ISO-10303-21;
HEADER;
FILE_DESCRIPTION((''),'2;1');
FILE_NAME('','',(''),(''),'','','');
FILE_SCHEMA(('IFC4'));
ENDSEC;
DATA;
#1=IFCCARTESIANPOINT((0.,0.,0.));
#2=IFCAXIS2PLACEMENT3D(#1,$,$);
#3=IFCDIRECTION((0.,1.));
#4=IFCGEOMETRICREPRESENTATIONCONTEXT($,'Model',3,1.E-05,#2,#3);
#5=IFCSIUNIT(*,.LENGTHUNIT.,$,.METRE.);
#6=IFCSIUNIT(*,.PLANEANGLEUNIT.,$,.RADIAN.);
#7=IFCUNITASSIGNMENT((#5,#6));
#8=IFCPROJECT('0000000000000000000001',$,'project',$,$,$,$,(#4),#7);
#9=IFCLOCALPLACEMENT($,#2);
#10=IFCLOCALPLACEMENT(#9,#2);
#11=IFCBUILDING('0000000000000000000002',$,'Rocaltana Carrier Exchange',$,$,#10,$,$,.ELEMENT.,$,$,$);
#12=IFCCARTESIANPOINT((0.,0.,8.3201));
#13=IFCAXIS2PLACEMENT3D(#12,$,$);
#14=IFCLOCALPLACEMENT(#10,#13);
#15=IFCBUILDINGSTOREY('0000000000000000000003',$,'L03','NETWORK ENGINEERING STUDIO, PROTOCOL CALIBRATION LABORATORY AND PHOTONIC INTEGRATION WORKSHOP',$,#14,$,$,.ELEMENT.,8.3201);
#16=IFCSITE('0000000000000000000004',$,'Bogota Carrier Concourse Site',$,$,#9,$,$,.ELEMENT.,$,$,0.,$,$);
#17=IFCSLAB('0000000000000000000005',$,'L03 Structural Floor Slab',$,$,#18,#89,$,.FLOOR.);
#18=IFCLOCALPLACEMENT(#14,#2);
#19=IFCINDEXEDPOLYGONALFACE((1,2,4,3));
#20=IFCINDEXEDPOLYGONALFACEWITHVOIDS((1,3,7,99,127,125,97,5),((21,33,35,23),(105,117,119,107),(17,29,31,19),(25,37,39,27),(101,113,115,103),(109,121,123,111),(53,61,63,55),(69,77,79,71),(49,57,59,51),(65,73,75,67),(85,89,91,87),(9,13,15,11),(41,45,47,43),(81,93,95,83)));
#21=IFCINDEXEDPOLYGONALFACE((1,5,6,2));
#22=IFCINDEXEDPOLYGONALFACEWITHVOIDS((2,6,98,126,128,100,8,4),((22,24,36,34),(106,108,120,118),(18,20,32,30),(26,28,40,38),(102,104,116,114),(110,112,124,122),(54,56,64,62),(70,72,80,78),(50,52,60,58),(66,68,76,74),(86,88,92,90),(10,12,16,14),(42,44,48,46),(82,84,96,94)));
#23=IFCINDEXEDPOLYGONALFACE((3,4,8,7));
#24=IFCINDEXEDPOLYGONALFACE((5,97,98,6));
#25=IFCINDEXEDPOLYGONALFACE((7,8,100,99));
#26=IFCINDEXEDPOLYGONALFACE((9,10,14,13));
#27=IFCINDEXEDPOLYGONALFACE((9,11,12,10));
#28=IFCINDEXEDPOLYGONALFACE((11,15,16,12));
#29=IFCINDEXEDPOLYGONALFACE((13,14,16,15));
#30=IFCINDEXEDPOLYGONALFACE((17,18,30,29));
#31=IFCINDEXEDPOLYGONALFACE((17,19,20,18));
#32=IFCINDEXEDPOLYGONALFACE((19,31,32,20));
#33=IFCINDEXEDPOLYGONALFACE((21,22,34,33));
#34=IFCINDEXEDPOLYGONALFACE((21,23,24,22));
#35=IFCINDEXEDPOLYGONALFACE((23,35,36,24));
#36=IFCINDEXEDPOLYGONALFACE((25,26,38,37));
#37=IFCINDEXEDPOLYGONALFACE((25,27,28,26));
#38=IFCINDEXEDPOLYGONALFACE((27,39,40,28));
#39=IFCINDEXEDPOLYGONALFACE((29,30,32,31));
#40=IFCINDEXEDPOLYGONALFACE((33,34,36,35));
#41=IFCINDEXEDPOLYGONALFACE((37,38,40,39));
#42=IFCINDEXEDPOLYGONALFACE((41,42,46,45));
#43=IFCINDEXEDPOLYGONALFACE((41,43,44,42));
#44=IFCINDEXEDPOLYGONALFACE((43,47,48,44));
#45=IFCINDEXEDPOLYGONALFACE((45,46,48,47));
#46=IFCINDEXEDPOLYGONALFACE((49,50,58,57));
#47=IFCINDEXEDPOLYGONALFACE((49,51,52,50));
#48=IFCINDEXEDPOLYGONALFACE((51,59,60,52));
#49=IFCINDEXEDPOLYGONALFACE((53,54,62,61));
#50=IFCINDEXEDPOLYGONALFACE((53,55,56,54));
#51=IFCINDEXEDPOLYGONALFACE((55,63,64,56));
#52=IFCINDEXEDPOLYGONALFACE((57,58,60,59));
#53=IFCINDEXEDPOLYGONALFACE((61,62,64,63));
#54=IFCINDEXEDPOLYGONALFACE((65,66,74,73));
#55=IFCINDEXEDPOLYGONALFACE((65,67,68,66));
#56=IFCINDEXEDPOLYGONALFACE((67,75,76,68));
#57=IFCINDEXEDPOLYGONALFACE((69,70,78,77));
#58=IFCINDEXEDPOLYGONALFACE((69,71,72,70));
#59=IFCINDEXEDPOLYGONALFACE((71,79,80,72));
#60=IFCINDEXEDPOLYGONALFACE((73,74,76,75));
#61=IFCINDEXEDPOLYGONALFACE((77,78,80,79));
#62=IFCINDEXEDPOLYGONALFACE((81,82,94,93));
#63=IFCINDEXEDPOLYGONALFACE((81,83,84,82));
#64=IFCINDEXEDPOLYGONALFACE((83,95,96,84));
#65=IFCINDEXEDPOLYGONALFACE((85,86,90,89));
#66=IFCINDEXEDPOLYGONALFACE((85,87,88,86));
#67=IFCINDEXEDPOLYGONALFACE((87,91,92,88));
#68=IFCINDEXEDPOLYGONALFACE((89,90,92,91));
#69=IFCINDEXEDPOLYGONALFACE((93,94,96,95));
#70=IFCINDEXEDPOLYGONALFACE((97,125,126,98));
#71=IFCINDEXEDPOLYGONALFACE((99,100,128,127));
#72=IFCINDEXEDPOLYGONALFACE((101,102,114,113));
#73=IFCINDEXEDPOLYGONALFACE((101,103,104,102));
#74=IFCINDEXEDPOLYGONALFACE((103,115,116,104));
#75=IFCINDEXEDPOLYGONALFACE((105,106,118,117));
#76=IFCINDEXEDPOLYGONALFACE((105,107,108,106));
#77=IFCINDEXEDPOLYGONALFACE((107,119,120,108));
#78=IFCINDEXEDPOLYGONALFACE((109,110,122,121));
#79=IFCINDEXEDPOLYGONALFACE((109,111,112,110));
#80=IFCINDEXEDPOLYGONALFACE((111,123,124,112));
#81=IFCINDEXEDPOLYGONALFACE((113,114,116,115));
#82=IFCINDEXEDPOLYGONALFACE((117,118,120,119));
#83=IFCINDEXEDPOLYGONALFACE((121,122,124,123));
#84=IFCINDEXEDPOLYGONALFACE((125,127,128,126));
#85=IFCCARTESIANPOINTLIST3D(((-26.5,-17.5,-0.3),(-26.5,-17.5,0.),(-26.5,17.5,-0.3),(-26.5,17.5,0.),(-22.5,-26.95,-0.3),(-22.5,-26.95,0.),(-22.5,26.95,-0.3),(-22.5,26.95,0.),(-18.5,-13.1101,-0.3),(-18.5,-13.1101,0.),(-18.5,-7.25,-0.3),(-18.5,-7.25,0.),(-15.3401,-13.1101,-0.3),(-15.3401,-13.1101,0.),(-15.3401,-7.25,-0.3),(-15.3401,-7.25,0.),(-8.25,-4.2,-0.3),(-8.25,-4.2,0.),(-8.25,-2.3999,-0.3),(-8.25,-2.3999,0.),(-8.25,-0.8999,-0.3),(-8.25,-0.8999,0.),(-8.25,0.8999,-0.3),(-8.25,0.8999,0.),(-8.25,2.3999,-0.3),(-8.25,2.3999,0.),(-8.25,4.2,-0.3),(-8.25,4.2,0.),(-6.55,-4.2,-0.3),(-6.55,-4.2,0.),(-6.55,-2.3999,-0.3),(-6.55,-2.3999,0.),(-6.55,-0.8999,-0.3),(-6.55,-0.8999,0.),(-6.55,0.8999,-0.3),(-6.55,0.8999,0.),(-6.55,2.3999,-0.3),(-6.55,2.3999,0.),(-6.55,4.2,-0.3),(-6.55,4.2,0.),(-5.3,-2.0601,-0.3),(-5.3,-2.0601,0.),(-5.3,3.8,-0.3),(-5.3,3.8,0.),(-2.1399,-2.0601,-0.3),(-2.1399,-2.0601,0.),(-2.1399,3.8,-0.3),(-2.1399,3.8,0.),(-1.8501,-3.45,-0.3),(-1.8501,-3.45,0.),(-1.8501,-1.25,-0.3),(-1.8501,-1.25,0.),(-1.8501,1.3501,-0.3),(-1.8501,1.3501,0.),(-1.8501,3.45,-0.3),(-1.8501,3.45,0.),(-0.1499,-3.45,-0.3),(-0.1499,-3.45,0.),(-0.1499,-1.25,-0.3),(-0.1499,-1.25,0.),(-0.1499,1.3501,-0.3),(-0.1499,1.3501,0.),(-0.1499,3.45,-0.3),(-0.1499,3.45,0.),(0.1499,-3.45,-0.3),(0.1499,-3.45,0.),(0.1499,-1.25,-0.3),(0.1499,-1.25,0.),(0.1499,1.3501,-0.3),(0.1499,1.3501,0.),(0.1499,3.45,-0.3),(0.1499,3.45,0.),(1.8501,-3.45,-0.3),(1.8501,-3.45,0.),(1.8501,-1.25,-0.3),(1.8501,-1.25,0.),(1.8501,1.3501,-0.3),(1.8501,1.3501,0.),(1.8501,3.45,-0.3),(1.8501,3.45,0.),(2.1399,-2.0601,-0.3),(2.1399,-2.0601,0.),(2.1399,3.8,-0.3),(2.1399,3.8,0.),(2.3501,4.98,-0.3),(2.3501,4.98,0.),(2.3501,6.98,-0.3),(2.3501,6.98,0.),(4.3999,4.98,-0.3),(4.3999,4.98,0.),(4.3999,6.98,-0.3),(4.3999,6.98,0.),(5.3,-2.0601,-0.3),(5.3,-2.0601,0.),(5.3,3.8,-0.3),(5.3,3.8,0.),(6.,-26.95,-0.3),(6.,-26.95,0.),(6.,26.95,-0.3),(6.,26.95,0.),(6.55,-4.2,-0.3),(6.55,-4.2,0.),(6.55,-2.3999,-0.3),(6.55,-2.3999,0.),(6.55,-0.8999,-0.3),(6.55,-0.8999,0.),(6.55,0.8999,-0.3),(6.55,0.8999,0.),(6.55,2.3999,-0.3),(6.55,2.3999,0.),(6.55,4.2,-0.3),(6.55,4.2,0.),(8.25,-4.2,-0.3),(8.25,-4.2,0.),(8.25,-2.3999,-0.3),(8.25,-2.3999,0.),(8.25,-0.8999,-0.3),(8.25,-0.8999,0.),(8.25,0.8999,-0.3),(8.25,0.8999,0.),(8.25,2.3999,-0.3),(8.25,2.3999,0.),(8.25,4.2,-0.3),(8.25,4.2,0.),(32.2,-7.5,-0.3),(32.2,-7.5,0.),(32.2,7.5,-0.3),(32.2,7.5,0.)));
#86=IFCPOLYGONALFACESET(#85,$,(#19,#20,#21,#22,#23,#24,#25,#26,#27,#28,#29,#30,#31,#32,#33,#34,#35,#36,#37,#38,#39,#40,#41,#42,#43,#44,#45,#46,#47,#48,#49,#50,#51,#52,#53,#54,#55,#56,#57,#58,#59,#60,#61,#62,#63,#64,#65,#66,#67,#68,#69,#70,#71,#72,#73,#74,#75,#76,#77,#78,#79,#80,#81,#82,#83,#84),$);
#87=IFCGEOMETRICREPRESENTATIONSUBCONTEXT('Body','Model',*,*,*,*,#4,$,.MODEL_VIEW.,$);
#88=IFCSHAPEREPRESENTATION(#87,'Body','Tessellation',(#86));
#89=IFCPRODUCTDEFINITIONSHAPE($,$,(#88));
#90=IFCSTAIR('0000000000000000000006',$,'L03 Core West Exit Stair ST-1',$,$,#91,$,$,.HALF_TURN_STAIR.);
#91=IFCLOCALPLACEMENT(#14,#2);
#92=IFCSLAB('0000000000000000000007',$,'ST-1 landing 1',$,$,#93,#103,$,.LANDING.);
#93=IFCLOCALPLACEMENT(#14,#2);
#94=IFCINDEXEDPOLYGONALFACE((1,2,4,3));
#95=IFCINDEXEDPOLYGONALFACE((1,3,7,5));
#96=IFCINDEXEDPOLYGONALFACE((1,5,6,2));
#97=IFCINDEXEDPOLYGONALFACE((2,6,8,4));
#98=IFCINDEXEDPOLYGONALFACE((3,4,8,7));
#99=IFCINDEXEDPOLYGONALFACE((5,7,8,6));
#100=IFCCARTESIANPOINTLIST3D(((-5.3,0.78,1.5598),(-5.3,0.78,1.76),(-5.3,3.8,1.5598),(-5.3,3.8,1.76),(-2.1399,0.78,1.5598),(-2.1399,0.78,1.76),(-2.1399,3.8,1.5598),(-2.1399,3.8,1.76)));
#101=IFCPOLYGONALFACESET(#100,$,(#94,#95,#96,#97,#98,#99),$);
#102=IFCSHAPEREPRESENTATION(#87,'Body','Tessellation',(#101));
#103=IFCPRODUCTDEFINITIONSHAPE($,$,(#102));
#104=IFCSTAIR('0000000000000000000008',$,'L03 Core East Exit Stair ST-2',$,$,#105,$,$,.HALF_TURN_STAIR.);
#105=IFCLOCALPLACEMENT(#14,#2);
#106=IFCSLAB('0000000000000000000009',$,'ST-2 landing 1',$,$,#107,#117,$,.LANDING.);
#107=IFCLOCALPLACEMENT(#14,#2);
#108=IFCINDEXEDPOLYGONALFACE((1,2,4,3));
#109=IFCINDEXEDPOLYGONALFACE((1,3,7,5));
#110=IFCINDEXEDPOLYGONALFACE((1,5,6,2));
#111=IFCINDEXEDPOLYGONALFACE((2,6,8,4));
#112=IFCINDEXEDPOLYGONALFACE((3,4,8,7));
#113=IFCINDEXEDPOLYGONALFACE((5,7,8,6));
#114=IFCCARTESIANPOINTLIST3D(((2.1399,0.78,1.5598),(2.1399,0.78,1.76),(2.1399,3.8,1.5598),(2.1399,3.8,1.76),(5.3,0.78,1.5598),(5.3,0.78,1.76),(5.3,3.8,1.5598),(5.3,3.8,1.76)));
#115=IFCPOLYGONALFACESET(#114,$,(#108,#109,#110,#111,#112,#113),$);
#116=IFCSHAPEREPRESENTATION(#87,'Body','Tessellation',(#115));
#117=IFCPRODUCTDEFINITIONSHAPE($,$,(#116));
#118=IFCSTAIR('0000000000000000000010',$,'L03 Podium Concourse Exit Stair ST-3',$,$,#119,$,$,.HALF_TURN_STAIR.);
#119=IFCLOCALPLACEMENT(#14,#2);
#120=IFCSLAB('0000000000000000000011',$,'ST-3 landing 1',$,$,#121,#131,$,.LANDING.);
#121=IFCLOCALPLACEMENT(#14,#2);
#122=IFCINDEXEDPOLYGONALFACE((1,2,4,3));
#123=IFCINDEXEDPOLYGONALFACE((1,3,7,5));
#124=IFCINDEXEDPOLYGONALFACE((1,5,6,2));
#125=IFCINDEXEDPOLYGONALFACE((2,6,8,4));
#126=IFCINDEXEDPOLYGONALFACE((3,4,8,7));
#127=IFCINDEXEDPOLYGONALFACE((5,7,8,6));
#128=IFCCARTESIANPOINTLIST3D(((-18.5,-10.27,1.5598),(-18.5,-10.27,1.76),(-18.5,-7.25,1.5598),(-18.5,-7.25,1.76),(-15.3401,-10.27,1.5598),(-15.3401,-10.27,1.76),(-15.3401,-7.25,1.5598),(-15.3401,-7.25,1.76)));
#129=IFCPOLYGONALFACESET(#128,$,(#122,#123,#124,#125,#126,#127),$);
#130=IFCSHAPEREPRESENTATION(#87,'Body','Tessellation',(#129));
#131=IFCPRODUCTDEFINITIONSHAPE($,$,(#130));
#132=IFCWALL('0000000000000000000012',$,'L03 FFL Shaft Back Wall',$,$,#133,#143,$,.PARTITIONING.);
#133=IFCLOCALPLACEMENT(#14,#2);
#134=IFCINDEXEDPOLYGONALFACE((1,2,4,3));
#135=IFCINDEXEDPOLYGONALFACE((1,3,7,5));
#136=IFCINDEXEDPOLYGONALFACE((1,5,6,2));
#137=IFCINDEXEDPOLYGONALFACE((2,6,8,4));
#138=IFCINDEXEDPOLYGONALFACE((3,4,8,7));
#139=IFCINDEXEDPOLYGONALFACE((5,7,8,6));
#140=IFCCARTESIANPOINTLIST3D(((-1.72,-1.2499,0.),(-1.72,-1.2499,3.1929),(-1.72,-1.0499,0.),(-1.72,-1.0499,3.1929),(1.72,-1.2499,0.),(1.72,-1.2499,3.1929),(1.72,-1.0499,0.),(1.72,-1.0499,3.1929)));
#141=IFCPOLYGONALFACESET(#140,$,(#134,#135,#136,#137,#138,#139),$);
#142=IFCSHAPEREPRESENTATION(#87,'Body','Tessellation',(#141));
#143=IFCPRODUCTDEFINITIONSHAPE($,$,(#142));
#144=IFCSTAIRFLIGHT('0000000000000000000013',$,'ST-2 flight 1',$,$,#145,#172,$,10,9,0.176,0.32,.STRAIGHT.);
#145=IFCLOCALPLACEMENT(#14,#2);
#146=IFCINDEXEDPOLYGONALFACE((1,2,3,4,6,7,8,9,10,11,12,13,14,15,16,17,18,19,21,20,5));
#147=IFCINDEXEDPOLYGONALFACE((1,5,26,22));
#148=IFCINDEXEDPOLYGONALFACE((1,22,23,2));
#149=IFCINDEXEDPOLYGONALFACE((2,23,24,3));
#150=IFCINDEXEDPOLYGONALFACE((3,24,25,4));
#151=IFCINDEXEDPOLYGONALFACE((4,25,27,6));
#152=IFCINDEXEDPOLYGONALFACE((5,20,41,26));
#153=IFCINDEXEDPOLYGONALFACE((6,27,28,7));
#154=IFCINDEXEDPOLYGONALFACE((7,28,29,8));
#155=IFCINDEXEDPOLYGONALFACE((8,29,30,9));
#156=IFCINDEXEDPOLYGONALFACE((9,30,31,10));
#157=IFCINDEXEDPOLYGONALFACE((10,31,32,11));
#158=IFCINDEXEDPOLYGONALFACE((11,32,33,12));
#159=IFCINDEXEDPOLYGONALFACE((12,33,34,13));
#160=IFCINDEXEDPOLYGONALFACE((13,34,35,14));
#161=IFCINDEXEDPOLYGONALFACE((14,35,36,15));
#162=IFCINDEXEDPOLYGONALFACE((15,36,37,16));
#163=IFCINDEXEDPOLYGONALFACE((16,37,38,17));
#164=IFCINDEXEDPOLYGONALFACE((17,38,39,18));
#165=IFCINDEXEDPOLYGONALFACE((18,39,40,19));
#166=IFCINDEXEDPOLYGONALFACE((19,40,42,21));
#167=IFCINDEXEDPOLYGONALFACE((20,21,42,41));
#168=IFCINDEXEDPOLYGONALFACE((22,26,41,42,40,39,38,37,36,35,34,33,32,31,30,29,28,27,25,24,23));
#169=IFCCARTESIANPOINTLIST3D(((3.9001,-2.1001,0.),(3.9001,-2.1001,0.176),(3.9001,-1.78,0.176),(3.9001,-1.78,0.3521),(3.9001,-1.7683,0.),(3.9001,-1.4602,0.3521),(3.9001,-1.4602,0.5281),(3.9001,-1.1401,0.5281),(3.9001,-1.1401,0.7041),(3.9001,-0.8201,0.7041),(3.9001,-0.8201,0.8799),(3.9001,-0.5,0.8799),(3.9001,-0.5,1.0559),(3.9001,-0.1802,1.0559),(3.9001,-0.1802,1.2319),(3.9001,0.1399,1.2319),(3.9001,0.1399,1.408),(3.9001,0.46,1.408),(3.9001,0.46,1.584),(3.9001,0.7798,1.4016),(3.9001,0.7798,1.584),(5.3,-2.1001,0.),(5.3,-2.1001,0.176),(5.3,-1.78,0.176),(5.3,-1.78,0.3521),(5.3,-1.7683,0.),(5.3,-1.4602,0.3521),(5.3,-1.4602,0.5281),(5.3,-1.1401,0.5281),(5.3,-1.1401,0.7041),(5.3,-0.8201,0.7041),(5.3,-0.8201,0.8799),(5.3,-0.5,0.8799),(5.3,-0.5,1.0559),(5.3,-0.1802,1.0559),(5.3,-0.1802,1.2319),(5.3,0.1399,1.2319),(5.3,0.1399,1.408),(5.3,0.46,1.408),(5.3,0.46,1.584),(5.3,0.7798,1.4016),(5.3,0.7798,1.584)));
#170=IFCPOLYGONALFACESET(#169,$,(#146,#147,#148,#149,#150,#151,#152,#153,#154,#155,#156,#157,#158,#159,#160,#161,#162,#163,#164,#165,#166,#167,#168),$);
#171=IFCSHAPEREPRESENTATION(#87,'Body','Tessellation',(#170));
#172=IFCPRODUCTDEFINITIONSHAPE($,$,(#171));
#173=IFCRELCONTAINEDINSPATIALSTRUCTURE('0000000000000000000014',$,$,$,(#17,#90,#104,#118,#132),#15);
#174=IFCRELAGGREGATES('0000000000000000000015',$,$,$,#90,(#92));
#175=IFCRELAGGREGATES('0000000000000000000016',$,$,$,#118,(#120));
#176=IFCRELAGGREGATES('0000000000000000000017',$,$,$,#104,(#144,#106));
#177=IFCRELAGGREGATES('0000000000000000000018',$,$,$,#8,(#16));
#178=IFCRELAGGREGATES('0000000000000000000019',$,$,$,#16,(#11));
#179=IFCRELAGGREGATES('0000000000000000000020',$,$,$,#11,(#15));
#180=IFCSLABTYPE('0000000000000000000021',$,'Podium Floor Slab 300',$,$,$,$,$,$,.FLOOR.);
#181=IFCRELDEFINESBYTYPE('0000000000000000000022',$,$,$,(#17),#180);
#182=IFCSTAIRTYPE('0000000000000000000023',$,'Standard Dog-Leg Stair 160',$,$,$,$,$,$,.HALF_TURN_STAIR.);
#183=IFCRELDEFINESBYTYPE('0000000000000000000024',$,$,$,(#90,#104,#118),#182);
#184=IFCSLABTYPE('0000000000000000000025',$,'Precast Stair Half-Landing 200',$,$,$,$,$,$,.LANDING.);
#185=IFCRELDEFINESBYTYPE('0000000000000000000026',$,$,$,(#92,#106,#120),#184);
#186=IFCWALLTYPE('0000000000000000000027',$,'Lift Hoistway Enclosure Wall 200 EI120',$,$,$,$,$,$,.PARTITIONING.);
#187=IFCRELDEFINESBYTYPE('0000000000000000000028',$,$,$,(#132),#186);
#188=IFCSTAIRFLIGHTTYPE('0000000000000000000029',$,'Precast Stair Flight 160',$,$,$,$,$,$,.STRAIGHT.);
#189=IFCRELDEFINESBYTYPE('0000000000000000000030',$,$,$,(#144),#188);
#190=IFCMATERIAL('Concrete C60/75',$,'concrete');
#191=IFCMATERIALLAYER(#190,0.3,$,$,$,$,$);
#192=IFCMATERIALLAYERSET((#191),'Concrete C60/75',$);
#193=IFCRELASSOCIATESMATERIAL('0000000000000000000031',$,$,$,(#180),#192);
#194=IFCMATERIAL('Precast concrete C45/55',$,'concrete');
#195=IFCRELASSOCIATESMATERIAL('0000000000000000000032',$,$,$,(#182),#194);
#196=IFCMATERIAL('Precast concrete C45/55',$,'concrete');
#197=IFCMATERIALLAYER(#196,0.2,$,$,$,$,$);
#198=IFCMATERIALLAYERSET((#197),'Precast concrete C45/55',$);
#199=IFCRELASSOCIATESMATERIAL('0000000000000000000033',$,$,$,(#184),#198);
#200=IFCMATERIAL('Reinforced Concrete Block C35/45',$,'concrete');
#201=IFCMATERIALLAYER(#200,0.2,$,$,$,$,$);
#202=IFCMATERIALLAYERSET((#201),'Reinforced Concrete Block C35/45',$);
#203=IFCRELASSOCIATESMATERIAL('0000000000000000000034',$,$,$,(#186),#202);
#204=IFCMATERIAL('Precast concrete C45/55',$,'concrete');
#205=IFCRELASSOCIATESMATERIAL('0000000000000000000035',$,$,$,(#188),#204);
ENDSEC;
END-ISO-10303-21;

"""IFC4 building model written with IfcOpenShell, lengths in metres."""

from ifc_helpers import new_model, si_unit, direction, frame, frame_2d, origin, place, context, subcontext, project, spatial, polyline, rectangle, outline, extrude, material, layer, layer_set, type_object, element, aggregate, save


model = new_model("IFC4")

# Units and contexts
model_context = context("Model", 3, precision=1e-05, world=origin(), true_north=direction((0.0, 1.0)))
body_context = subcontext(model_context, "Body", "Model", "MODEL_VIEW")
ifc_project = project(units=[si_unit("LENGTHUNIT", "METRE"), si_unit("PLANEANGLEUNIT", "RADIAN")], contexts=[model_context])

# Site, building, storey
site_placement = place(None, origin())
site = spatial("IfcSite", under=ifc_project, at=site_placement, Name="Bogota Carrier Concourse Site", CompositionType="ELEMENT", RefElevation=0.0)
building_placement = place(site_placement, origin())
building = spatial("IfcBuilding", under=site, at=building_placement, Name="Rocaltana Carrier Exchange", CompositionType="ELEMENT")
storey_placement = place(building_placement, frame((0.0, 0.0, 8.3201)))
storey = spatial("IfcBuildingStorey", under=building, at=storey_placement, Name="L03", Description="NETWORK ENGINEERING STUDIO, PROTOCOL CALIBRATION LABORATORY AND PHOTONIC INTEGRATION WORKSHOP", CompositionType="ELEMENT", Elevation=8.3201)

# Slab
ifc_material_1 = material(Name="Concrete C60/75", Category="concrete")
ifc_layer_1 = layer(ifc_material_1, 0.3)
ifc_layer_set_1 = layer_set([ifc_layer_1], Name="Concrete C60/75")
slab_type_1 = type_object("IfcSlabType", Name="Podium Floor Slab 300", PredefinedType="FLOOR", material=ifc_layer_set_1)
slab_1_placement = place(storey_placement, frame((0.0, 0.0, -0.3)))
element("IfcSlab", 1, at=slab_1_placement, inside=storey, type_object=slab_type_1, Name="L03 Structural Floor Slab", PredefinedType="FLOOR", context=body_context, shape_type="SweptSolid", body=[
    extrude(outline(polyline([(-22.5, -26.95), (6.0, -26.95), (32.2, -7.5), (32.2, 7.5), (6.0, 26.95), (-22.5, 26.95), (-26.5, 17.5), (-26.5, -17.5), (-22.5, -26.95)]), holes=[polyline([(-5.3, -2.0601), (-2.1399, -2.0601), (-2.1399, 3.8), (-5.3, 3.8), (-5.3, -2.0601)]), polyline([(2.1399, -2.0601), (5.3, -2.0601), (5.3, 3.8), (2.1399, 3.8), (2.1399, -2.0601)]), polyline([(-18.5, -13.1101), (-15.3401, -13.1101), (-15.3401, -7.25), (-18.5, -7.25), (-18.5, -13.1101)]), polyline([(-1.8501, -3.45), (-0.1499, -3.45), (-0.1499, -1.25), (-1.8501, -1.25), (-1.8501, -3.45)]), polyline([(0.1499, -3.45), (1.8501, -3.45), (1.8501, -1.25), (0.1499, -1.25), (0.1499, -3.45)]), polyline([(2.3501, 4.98), (4.3999, 4.98), (4.3999, 6.98), (2.3501, 6.98), (2.3501, 4.98)]), polyline([(-1.8501, 1.3501), (-0.1499, 1.3501), (-0.1499, 3.45), (-1.8501, 3.45), (-1.8501, 1.3501)]), polyline([(0.1499, 1.3501), (1.8501, 1.3501), (1.8501, 3.45), (0.1499, 3.45), (0.1499, 1.3501)]), polyline([(-8.25, -4.2), (-6.55, -4.2), (-6.55, -2.3999), (-8.25, -2.3999), (-8.25, -4.2)]), polyline([(-8.25, -0.8999), (-6.55, -0.8999), (-6.55, 0.8999), (-8.25, 0.8999), (-8.25, -0.8999)]), polyline([(-8.25, 2.3999), (-6.55, 2.3999), (-6.55, 4.2), (-8.25, 4.2), (-8.25, 2.3999)]), polyline([(6.55, -4.2), (8.25, -4.2), (8.25, -2.3999), (6.55, -2.3999), (6.55, -4.2)]), polyline([(6.55, -0.8999), (8.25, -0.8999), (8.25, 0.8999), (6.55, 0.8999), (6.55, -0.8999)]), polyline([(6.55, 2.3999), (8.25, 2.3999), (8.25, 4.2), (6.55, 4.2), (6.55, 2.3999)])]), origin(), (0.0, 0.0, 1.0), 0.3),
])

# Stairs, slabs
ifc_material_2 = material(Name="Precast concrete C45/55", Category="concrete")
stair_type = type_object("IfcStairType", Name="Standard Dog-Leg Stair 160", PredefinedType="HALF_TURN_STAIR", material=ifc_material_2)
stair_1_placement = place(storey_placement, origin())
stair_1 = element("IfcStair", 2, at=stair_1_placement, inside=storey, type_object=stair_type, Name="L03 Core West Exit Stair ST-1", PredefinedType="HALF_TURN_STAIR")
ifc_material_3 = material(Name="Precast concrete C45/55", Category="concrete")
ifc_layer_2 = layer(ifc_material_3, 0.2)
ifc_layer_set_2 = layer_set([ifc_layer_2], Name="Precast concrete C45/55")
slab_type_2 = type_object("IfcSlabType", Name="Precast Stair Half-Landing 200", PredefinedType="LANDING", material=ifc_layer_set_2)
slab_2_placement = place(storey_placement, frame((0.0, 0.0, 1.5598)))
slab_2 = element("IfcSlab", 3, at=slab_2_placement, type_object=slab_type_2, Name="ST-1 landing 1", PredefinedType="LANDING", context=body_context, shape_type="SweptSolid", body=[
    extrude(outline(polyline([(-2.1399, 0.78), (-2.1399, 3.8), (-5.3, 3.8), (-5.3, 0.78), (-2.1399, 0.78)])), origin(), (0.0, 0.0, 1.0), 0.2002),
])
aggregate(stair_1, [slab_2])
stair_2_placement = place(storey_placement, origin())
stair_2 = element("IfcStair", 4, at=stair_2_placement, inside=storey, type_object=stair_type, Name="L03 Core East Exit Stair ST-2", PredefinedType="HALF_TURN_STAIR")
slab_3_placement = place(storey_placement, frame((0.0, 0.0, 1.5598)))
slab_3 = element("IfcSlab", 5, at=slab_3_placement, type_object=slab_type_2, Name="ST-2 landing 1", PredefinedType="LANDING", context=body_context, shape_type="SweptSolid", body=[
    extrude(outline(polyline([(5.3, 0.78), (5.3, 3.8), (2.1399, 3.8), (2.1399, 0.78), (5.3, 0.78)])), origin(), (0.0, 0.0, 1.0), 0.2002),
])
stair_3_placement = place(storey_placement, origin())
stair_3 = element("IfcStair", 6, at=stair_3_placement, inside=storey, type_object=stair_type, Name="L03 Podium Concourse Exit Stair ST-3", PredefinedType="HALF_TURN_STAIR")
slab_4_placement = place(storey_placement, frame((0.0, 0.0, 1.5598)))
slab_4 = element("IfcSlab", 7, at=slab_4_placement, type_object=slab_type_2, Name="ST-3 landing 1", PredefinedType="LANDING", context=body_context, shape_type="SweptSolid", body=[
    extrude(outline(polyline([(-15.3401, -10.27), (-15.3401, -7.25), (-18.5, -7.25), (-18.5, -10.27), (-15.3401, -10.27)])), origin(), (0.0, 0.0, 1.0), 0.2002),
])
aggregate(stair_3, [slab_4])

# Wall
ifc_material_4 = material(Name="Reinforced Concrete Block C35/45", Category="concrete")
ifc_layer_3 = layer(ifc_material_4, 0.2)
ifc_layer_set_3 = layer_set([ifc_layer_3], Name="Reinforced Concrete Block C35/45")
wall_type = type_object("IfcWallType", Name="Lift Hoistway Enclosure Wall 200 EI120", PredefinedType="PARTITIONING", material=ifc_layer_set_3)
wall_placement = place(storey_placement, frame((-1.72, -1.1499, 0.0), z_axis=(0.0, 0.0, 1.0), x_axis=(1.0, 0.0, 0.0)))
element("IfcWall", 8, at=wall_placement, inside=storey, type_object=wall_type, Name="L03 FFL Shaft Back Wall", PredefinedType="PARTITIONING", context=body_context, shape_type="SweptSolid", body=[
    extrude(rectangle(XDim=3.4399, YDim=0.2, at=frame_2d((1.72, 0.0))), origin(), (0.0, 0.0, 1.0), 3.1929),
])

# Stair flight
ifc_material_5 = material(Name="Precast concrete C45/55", Category="concrete")
stair_flight_type = type_object("IfcStairFlightType", Name="Precast Stair Flight 160", PredefinedType="STRAIGHT", material=ifc_material_5)
stair_flight_placement = place(storey_placement, frame((4.6001, -2.1001, 0.0), z_axis=(0.0, 0.0, 1.0), x_axis=(0.0, 1.0, 0.0)))
stair_flight = element("IfcStairFlight", 9, at=stair_flight_placement, type_object=stair_flight_type, Name="ST-2 flight 1", NumberOfRisers=10, NumberOfTreads=9, PredefinedType="STRAIGHT", RiserHeight=0.176, TreadLength=0.32, context=body_context, shape_type="SweptSolid", body=[
    extrude(outline(polyline([(0.0, 0.0), (0.0, 0.176), (0.3201, 0.176), (0.3201, 0.3521), (0.6399, 0.3521), (0.6399, 0.5281), (0.96, 0.5281), (0.96, 0.7041), (1.28, 0.7041), (1.28, 0.8799), (1.6001, 0.8799), (1.6001, 1.0559), (1.9199, 1.0559), (1.9199, 1.2319), (2.24, 1.2319), (2.24, 1.408), (2.5601, 1.408), (2.5601, 1.584), (2.8799, 1.584), (2.8799, 1.76), (2.8799, 1.4016), (0.3318, 0.0), (0.0, 0.0)])), frame((0.0, 0.7, 0.0), z_axis=(0.0, -1.0, 0.0), x_axis=(1.0, 0.0, 0.0)), (0.0, 0.0, 1.0), 1.3999),
])
aggregate(stair_2, [stair_flight, slab_3])

save(model, "model.ifc")
